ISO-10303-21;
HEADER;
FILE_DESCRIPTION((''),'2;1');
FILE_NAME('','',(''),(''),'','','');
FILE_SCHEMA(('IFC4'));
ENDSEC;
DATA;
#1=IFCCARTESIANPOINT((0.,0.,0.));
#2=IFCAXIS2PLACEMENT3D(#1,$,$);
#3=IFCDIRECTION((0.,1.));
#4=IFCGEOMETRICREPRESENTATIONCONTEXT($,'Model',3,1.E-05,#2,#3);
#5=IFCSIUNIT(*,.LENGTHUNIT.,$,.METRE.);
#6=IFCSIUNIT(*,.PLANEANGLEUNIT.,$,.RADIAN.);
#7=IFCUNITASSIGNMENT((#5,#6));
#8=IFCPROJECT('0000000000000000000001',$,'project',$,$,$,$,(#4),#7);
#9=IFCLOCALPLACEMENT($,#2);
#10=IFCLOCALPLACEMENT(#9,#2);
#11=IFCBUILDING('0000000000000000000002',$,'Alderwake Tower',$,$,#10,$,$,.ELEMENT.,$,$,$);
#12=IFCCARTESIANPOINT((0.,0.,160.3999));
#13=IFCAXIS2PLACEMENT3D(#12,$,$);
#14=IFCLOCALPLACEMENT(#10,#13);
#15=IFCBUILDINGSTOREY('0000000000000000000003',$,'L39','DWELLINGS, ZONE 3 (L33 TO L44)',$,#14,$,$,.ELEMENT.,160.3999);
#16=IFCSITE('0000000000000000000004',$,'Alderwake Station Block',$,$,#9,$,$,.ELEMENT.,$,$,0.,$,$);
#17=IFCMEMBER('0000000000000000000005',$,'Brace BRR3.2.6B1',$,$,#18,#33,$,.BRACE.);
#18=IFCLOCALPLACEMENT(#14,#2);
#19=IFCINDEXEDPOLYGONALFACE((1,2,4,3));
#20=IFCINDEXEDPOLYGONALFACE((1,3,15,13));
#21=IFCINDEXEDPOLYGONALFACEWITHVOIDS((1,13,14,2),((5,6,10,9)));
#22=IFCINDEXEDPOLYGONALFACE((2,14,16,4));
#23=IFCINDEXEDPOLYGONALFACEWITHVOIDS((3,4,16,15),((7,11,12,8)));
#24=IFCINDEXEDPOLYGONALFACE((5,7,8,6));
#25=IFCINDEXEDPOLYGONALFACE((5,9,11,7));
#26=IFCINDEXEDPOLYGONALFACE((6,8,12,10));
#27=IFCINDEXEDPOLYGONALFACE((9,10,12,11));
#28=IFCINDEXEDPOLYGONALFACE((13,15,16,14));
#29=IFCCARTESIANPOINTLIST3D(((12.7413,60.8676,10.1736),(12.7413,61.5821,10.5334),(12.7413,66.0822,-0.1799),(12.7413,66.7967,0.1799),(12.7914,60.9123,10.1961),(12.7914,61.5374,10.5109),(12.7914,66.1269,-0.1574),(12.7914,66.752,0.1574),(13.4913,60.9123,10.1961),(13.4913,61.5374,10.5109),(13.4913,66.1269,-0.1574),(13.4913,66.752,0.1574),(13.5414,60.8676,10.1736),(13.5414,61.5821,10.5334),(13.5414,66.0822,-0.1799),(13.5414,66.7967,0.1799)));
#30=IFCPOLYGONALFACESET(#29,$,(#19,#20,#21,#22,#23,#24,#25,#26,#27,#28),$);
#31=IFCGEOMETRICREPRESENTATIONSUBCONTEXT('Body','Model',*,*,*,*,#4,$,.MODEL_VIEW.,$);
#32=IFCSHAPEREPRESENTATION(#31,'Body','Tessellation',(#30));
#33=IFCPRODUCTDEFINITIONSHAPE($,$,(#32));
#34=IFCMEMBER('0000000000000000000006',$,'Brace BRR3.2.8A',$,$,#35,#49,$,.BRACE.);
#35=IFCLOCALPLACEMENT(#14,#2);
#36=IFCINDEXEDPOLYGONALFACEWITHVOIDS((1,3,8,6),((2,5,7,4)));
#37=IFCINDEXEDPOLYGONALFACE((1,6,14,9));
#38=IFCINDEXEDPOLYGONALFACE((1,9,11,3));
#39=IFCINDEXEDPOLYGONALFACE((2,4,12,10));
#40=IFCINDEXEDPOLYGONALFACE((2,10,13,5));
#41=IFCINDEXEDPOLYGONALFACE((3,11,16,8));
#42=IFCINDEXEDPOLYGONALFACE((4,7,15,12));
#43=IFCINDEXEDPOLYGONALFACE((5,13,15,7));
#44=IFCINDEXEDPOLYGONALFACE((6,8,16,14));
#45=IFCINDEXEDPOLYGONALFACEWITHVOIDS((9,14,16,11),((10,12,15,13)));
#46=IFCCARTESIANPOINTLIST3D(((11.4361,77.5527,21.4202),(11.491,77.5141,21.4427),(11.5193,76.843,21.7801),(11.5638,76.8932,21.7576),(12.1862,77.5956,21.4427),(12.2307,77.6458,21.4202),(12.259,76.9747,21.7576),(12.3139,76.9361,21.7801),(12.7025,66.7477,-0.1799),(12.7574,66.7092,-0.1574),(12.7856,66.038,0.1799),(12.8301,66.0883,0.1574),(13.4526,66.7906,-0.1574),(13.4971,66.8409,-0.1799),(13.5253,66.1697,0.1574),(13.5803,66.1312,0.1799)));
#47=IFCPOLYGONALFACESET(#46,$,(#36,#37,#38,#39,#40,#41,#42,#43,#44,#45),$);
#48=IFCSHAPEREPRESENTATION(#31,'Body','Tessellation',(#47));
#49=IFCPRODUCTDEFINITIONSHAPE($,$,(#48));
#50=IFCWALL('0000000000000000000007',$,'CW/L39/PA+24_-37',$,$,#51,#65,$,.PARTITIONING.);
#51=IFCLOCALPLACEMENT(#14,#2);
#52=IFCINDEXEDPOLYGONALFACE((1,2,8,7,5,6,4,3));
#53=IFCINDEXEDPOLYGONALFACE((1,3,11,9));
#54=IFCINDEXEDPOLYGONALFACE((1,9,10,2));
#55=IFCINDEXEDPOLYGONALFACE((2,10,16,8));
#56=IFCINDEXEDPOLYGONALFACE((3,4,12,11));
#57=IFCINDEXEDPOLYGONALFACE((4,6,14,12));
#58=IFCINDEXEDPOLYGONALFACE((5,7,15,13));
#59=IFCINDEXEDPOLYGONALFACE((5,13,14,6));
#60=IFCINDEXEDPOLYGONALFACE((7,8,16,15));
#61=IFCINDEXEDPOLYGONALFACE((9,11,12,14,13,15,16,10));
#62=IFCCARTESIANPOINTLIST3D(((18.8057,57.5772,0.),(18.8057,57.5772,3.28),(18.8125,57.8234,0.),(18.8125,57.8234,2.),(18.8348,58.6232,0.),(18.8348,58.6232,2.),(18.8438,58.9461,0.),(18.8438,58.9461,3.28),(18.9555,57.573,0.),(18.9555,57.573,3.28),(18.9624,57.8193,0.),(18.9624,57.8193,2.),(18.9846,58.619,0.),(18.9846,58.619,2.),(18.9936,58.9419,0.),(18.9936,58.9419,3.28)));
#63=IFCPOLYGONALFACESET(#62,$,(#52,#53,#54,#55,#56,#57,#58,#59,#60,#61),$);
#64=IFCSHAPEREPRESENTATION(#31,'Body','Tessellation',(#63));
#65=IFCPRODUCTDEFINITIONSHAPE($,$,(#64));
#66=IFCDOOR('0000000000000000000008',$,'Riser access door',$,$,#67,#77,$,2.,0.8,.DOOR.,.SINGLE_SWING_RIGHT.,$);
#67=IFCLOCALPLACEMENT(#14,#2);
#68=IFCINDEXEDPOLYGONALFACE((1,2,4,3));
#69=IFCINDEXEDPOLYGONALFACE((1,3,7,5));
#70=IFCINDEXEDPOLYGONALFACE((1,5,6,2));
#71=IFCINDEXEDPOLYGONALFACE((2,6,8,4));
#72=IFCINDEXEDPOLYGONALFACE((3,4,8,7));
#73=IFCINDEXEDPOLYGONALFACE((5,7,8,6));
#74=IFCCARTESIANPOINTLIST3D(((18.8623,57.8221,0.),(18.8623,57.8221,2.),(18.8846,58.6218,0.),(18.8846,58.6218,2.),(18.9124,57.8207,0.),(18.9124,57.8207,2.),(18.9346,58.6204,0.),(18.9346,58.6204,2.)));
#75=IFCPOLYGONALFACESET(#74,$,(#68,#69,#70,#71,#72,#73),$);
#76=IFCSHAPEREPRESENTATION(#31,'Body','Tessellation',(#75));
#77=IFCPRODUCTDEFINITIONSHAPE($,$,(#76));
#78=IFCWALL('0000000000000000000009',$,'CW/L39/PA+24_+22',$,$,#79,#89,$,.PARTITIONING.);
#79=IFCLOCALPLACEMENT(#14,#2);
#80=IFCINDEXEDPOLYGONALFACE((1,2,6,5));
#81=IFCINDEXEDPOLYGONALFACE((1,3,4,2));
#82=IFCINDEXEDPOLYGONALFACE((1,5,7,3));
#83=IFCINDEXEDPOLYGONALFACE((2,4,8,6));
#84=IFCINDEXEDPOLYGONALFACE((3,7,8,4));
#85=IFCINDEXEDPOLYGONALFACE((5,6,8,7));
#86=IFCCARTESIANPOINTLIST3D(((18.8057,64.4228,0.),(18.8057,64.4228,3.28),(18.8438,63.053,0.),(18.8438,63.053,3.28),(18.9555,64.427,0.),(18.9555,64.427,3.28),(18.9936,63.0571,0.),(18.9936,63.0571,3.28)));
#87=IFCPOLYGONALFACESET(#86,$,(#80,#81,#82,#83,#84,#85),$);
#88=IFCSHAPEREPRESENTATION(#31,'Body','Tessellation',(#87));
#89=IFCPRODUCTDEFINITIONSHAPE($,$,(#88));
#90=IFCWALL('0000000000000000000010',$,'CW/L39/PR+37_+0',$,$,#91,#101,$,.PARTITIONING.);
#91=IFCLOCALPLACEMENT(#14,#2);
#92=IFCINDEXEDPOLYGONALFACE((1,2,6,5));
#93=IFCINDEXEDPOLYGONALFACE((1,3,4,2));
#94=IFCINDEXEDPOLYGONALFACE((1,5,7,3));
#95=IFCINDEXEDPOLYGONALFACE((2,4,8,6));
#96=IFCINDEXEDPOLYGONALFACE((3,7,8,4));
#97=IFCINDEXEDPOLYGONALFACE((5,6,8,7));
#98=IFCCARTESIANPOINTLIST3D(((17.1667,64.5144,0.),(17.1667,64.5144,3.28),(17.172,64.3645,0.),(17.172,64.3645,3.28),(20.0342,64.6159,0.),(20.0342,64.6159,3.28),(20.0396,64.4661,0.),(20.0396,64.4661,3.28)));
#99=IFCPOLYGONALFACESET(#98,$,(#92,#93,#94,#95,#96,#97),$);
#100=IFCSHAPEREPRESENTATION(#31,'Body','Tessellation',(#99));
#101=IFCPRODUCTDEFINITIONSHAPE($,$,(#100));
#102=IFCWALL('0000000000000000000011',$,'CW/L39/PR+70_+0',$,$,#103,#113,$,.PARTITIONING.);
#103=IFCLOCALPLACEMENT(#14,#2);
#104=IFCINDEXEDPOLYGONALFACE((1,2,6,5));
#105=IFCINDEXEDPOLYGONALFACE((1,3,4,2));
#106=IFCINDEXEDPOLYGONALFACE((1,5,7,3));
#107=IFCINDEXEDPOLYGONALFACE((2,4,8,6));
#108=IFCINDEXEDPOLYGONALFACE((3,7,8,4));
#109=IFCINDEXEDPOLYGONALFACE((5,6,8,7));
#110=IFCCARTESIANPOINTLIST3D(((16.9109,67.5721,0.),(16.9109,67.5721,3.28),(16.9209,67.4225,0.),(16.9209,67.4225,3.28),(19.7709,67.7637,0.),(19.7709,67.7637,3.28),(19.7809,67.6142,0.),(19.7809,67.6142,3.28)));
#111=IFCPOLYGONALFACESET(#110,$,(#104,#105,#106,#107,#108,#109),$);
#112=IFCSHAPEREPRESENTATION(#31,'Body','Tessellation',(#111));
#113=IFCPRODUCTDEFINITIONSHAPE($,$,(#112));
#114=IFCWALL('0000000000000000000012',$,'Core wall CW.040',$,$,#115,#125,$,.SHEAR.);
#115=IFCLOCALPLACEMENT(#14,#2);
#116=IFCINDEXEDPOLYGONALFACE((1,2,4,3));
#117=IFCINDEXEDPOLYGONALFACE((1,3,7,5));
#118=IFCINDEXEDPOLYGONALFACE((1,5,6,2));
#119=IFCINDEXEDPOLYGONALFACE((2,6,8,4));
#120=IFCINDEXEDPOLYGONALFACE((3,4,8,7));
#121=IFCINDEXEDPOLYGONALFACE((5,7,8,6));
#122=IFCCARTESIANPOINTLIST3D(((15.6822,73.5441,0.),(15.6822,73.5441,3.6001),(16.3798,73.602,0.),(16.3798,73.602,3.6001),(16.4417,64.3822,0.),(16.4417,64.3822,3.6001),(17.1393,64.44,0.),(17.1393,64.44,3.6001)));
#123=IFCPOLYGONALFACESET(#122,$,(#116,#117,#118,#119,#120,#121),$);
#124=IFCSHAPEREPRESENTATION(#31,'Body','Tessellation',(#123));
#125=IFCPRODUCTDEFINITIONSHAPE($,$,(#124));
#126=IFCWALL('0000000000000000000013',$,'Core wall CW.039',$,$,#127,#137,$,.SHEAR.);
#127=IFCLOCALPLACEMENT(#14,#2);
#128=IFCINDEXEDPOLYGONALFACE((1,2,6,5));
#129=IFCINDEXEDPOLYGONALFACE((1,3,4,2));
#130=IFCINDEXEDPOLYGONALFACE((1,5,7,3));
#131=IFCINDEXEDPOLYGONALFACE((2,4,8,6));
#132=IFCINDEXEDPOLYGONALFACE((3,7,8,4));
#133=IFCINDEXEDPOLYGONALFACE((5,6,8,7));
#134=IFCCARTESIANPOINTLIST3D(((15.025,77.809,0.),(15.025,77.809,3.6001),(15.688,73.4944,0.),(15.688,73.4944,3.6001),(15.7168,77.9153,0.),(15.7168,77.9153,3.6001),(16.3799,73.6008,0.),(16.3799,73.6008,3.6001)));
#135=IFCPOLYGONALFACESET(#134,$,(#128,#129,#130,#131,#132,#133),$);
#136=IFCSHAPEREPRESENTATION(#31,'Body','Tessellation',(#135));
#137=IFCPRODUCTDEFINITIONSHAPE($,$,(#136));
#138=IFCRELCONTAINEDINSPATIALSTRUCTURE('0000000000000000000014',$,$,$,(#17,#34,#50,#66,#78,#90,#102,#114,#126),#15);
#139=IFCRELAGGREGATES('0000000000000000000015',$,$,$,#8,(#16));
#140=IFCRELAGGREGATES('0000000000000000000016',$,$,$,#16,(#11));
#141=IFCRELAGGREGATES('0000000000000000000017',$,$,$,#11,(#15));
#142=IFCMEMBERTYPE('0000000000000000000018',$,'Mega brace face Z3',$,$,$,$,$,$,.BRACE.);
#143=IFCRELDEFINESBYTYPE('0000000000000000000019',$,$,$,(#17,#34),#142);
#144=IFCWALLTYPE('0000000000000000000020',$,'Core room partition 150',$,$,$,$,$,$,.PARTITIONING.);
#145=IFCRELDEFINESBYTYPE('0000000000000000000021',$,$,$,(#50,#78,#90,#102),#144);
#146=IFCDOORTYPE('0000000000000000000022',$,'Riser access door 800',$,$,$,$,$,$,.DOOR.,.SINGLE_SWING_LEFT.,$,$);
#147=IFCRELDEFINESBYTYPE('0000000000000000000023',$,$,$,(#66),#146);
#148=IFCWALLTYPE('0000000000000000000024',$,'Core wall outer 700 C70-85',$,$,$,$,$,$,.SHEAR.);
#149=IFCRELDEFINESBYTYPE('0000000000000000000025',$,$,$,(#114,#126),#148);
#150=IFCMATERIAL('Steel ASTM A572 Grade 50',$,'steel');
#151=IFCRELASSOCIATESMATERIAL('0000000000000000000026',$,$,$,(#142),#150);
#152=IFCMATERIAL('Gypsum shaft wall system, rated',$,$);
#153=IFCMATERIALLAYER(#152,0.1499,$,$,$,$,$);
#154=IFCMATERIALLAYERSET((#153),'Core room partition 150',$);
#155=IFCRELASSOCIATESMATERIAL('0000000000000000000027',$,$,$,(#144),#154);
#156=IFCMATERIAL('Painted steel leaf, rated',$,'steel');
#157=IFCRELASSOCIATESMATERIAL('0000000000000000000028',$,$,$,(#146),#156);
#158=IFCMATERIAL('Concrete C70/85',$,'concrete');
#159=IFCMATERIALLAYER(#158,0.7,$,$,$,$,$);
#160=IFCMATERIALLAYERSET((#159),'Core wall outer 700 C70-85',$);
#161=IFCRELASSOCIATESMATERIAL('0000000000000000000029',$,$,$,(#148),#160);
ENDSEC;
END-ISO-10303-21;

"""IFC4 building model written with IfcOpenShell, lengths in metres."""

from ifc_helpers import new_model, si_unit, direction, frame, frame_2d, origin, origin_2d, place, context, subcontext, project, spatial, rectangle, hollow_rectangle, extrude, material, layer, layer_set, material_profile, profile_set, type_object, element, fill, save


model = new_model("IFC4")

# Units and contexts
model_context = context("Model", 3, precision=1e-05, world=origin(), true_north=direction((0.0, 1.0)))
body_context = subcontext(model_context, "Body", "Model", "MODEL_VIEW")
ifc_project = project(units=[si_unit("LENGTHUNIT", "METRE"), si_unit("PLANEANGLEUNIT", "RADIAN")], contexts=[model_context])

# Site, building, storey
site_placement = place(None, origin())
site = spatial("IfcSite", under=ifc_project, at=site_placement, Name="Alderwake Station Block", CompositionType="ELEMENT", RefElevation=0.0)
building_placement = place(site_placement, origin())
building = spatial("IfcBuilding", under=site, at=building_placement, Name="Alderwake Tower", CompositionType="ELEMENT")
storey_placement = place(building_placement, frame((0.0, 0.0, 160.3999)))
storey = spatial("IfcBuildingStorey", under=building, at=storey_placement, Name="L39", Description="DWELLINGS, ZONE 3 (L33 TO L44)", CompositionType="ELEMENT", Elevation=160.3999)

# Members
ifc_material_1 = material(Name="Steel ASTM A572 Grade 50", Category="steel")
ifc_material_profile_1 = material_profile(ifc_material_1, hollow_rectangle(XDim=0.8, YDim=0.8, WallThickness=0.05, at=origin_2d()), Name="BOX 800X800X50")
ifc_profile_set_1 = profile_set([ifc_material_profile_1], Name="Steel ASTM A572 Grade 50")
member_type = type_object("IfcMemberType", Name="Mega brace face Z3", PredefinedType="BRACE", material=ifc_profile_set_1)
member_1_placement = place(storey_placement, frame((13.1414, 66.4395, 0.0), z_axis=(0.0, -0.449823, 0.893118), x_axis=(1.0, 0.0, 0.0)))
element("IfcMember", 1, at=member_1_placement, inside=storey, type_object=member_type, Name="Brace BRR3.2.6B1", PredefinedType="BRACE", context=body_context, shape_type="SweptSolid", body=[
    extrude(hollow_rectangle(XDim=0.8, YDim=0.8, WallThickness=0.05, at=origin_2d()), origin(), (0.0, 0.0, 1.0), 11.5925),
])
member_2_placement = place(storey_placement, frame((13.1414, 66.4395, 0.0), z_axis=(-0.052361, 0.446762, 0.893119), x_axis=(-0.993202, -0.116405, 0.0)))
element("IfcMember", 2, at=member_2_placement, inside=storey, type_object=member_type, Name="Brace BRR3.2.8A", PredefinedType="BRACE", context=body_context, shape_type="SweptSolid", body=[
    extrude(hollow_rectangle(XDim=0.8, YDim=0.8, WallThickness=0.05, at=origin_2d()), origin(), (0.0, 0.0, 1.0), 24.1851),
])

# Wall, opening, door
ifc_material_2 = material(Name="Gypsum shaft wall system, rated")
ifc_layer_1 = layer(ifc_material_2, 0.1499)
ifc_layer_set_1 = layer_set([ifc_layer_1], Name="Core room partition 150")
wall_type_1 = type_object("IfcWallType", Name="Core room partition 150", PredefinedType="PARTITIONING", material=ifc_layer_set_1)
wall_1_placement = place(storey_placement, frame((18.9187, 58.9438, 0.0), z_axis=(0.0, 0.0, 1.0), x_axis=(-0.027812, -0.999613, 0.0)))
wall_1 = element("IfcWall", 3, at=wall_1_placement, inside=storey, type_object=wall_type_1, Name="CW/L39/PA+24_-37", PredefinedType="PARTITIONING", context=body_context, shape_type="SweptSolid", body=[
    extrude(rectangle(XDim=1.3694, YDim=0.1499, at=frame_2d((0.6846, 0.0))), origin(), (0.0, 0.0, 1.0), 3.28),
])
opening_1_placement = place(wall_1_placement, frame((0.323, 0.0, 0.0)))
opening_1 = element("IfcOpeningElement", 4, at=opening_1_placement, cuts=wall_1, PredefinedType="OPENING", context=body_context, shape_type="SweptSolid", body=[
    extrude(rectangle(XDim=0.8, YDim=2.0, at=frame_2d((0.3999, 1.0))), frame((0.0, 0.085, 0.0), z_axis=(0.0, -1.0, 0.0), x_axis=(1.0, 0.0, 0.0)), (0.0, 0.0, 1.0), 0.1699),
])
ifc_material_3 = material(Name="Painted steel leaf, rated", Category="steel")
door_type_1 = type_object("IfcDoorType", Name="Riser access door 800", OperationType="SINGLE_SWING_LEFT", PredefinedType="DOOR", material=ifc_material_3)
door_1_placement = place(opening_1_placement, origin())
door_1 = element("IfcDoor", 5, at=door_1_placement, inside=storey, type_object=door_type_1, Name="Riser access door", OperationType="SINGLE_SWING_RIGHT", OverallHeight=2.0, OverallWidth=0.8, PredefinedType="DOOR", context=body_context, shape_type="SweptSolid", body=[
    extrude(rectangle(XDim=0.8, YDim=2.0, at=frame_2d((0.3999, 1.0))), frame((0.0, 0.0249, 0.0), z_axis=(0.0, -1.0, 0.0), x_axis=(1.0, 0.0, 0.0)), (0.0, 0.0, 1.0), 0.05),
])
fill(opening_1, door_1)

# Walls
wall_2_placement = place(storey_placement, frame((18.9187, 63.0552, 0.0), z_axis=(0.0, 0.0, 1.0), x_axis=(-0.027792, 0.999614, 0.0)))
element("IfcWall", 6, at=wall_2_placement, inside=storey, type_object=wall_type_1, Name="CW/L39/PA+24_+22", PredefinedType="PARTITIONING", context=body_context, shape_type="SweptSolid", body=[
    extrude(rectangle(XDim=1.3704, YDim=0.1499, at=frame_2d((0.6851, 0.0))), origin(), (0.0, 0.0, 1.0), 3.28),
])
wall_3_placement = place(storey_placement, frame((17.1694, 64.4395, 0.0), z_axis=(0.0, 0.0, 1.0), x_axis=(0.999373, 0.035394, 0.0)))
element("IfcWall", 7, at=wall_3_placement, inside=storey, type_object=wall_type_1, Name="CW/L39/PR+37_+0", PredefinedType="PARTITIONING", context=body_context, shape_type="SweptSolid", body=[
    extrude(rectangle(XDim=2.8694, YDim=0.1499, at=frame_2d((1.4346, 0.0))), origin(), (0.0, 0.0, 1.0), 3.28),
])
wall_4_placement = place(storey_placement, frame((16.916, 67.4973, 0.0), z_axis=(0.0, 0.0, 1.0), x_axis=(0.997762, 0.066858, 0.0)))
element("IfcWall", 8, at=wall_4_placement, inside=storey, type_object=wall_type_1, Name="CW/L39/PR+70_+0", PredefinedType="PARTITIONING", context=body_context, shape_type="SweptSolid", body=[
    extrude(rectangle(XDim=2.8665, YDim=0.1499, at=frame_2d((1.4331, 0.0))), origin(), (0.0, 0.0, 1.0), 3.28),
])
ifc_material_4 = material(Name="Concrete C70/85", Category="concrete")
ifc_layer_2 = layer(ifc_material_4, 0.7)
ifc_layer_set_2 = layer_set([ifc_layer_2], Name="Core wall outer 700 C70-85")
wall_type_2 = type_object("IfcWallType", Name="Core wall outer 700 C70-85", PredefinedType="SHEAR", material=ifc_layer_set_2)
wall_5_placement = place(storey_placement, frame((16.7905, 64.4111, 0.0), z_axis=(0.0, 0.0, 1.0), x_axis=(-0.082617, 0.996581, 0.0)))
element("IfcWall", 9, at=wall_5_placement, inside=storey, type_object=wall_type_2, Name="Core wall CW.040", PredefinedType="SHEAR", context=body_context, shape_type="SweptSolid", body=[
    extrude(rectangle(XDim=9.1934, YDim=0.7, at=frame_2d((4.5967, 0.0))), origin(), (0.0, 0.0, 1.0), 3.6001),
])
wall_6_placement = place(storey_placement, frame((16.0339, 73.5476, 0.0), z_axis=(0.0, 0.0, 1.0), x_axis=(-0.151897, 0.988396, 0.0)))
element("IfcWall", 10, at=wall_6_placement, inside=storey, type_object=wall_type_2, Name="Core wall CW.039", PredefinedType="SHEAR", context=body_context, shape_type="SweptSolid", body=[
    extrude(rectangle(XDim=4.3652, YDim=0.7, at=frame_2d((2.1826, 0.0))), origin(), (0.0, 0.0, 1.0), 3.6001),
])

save(model, "model.ifc")
